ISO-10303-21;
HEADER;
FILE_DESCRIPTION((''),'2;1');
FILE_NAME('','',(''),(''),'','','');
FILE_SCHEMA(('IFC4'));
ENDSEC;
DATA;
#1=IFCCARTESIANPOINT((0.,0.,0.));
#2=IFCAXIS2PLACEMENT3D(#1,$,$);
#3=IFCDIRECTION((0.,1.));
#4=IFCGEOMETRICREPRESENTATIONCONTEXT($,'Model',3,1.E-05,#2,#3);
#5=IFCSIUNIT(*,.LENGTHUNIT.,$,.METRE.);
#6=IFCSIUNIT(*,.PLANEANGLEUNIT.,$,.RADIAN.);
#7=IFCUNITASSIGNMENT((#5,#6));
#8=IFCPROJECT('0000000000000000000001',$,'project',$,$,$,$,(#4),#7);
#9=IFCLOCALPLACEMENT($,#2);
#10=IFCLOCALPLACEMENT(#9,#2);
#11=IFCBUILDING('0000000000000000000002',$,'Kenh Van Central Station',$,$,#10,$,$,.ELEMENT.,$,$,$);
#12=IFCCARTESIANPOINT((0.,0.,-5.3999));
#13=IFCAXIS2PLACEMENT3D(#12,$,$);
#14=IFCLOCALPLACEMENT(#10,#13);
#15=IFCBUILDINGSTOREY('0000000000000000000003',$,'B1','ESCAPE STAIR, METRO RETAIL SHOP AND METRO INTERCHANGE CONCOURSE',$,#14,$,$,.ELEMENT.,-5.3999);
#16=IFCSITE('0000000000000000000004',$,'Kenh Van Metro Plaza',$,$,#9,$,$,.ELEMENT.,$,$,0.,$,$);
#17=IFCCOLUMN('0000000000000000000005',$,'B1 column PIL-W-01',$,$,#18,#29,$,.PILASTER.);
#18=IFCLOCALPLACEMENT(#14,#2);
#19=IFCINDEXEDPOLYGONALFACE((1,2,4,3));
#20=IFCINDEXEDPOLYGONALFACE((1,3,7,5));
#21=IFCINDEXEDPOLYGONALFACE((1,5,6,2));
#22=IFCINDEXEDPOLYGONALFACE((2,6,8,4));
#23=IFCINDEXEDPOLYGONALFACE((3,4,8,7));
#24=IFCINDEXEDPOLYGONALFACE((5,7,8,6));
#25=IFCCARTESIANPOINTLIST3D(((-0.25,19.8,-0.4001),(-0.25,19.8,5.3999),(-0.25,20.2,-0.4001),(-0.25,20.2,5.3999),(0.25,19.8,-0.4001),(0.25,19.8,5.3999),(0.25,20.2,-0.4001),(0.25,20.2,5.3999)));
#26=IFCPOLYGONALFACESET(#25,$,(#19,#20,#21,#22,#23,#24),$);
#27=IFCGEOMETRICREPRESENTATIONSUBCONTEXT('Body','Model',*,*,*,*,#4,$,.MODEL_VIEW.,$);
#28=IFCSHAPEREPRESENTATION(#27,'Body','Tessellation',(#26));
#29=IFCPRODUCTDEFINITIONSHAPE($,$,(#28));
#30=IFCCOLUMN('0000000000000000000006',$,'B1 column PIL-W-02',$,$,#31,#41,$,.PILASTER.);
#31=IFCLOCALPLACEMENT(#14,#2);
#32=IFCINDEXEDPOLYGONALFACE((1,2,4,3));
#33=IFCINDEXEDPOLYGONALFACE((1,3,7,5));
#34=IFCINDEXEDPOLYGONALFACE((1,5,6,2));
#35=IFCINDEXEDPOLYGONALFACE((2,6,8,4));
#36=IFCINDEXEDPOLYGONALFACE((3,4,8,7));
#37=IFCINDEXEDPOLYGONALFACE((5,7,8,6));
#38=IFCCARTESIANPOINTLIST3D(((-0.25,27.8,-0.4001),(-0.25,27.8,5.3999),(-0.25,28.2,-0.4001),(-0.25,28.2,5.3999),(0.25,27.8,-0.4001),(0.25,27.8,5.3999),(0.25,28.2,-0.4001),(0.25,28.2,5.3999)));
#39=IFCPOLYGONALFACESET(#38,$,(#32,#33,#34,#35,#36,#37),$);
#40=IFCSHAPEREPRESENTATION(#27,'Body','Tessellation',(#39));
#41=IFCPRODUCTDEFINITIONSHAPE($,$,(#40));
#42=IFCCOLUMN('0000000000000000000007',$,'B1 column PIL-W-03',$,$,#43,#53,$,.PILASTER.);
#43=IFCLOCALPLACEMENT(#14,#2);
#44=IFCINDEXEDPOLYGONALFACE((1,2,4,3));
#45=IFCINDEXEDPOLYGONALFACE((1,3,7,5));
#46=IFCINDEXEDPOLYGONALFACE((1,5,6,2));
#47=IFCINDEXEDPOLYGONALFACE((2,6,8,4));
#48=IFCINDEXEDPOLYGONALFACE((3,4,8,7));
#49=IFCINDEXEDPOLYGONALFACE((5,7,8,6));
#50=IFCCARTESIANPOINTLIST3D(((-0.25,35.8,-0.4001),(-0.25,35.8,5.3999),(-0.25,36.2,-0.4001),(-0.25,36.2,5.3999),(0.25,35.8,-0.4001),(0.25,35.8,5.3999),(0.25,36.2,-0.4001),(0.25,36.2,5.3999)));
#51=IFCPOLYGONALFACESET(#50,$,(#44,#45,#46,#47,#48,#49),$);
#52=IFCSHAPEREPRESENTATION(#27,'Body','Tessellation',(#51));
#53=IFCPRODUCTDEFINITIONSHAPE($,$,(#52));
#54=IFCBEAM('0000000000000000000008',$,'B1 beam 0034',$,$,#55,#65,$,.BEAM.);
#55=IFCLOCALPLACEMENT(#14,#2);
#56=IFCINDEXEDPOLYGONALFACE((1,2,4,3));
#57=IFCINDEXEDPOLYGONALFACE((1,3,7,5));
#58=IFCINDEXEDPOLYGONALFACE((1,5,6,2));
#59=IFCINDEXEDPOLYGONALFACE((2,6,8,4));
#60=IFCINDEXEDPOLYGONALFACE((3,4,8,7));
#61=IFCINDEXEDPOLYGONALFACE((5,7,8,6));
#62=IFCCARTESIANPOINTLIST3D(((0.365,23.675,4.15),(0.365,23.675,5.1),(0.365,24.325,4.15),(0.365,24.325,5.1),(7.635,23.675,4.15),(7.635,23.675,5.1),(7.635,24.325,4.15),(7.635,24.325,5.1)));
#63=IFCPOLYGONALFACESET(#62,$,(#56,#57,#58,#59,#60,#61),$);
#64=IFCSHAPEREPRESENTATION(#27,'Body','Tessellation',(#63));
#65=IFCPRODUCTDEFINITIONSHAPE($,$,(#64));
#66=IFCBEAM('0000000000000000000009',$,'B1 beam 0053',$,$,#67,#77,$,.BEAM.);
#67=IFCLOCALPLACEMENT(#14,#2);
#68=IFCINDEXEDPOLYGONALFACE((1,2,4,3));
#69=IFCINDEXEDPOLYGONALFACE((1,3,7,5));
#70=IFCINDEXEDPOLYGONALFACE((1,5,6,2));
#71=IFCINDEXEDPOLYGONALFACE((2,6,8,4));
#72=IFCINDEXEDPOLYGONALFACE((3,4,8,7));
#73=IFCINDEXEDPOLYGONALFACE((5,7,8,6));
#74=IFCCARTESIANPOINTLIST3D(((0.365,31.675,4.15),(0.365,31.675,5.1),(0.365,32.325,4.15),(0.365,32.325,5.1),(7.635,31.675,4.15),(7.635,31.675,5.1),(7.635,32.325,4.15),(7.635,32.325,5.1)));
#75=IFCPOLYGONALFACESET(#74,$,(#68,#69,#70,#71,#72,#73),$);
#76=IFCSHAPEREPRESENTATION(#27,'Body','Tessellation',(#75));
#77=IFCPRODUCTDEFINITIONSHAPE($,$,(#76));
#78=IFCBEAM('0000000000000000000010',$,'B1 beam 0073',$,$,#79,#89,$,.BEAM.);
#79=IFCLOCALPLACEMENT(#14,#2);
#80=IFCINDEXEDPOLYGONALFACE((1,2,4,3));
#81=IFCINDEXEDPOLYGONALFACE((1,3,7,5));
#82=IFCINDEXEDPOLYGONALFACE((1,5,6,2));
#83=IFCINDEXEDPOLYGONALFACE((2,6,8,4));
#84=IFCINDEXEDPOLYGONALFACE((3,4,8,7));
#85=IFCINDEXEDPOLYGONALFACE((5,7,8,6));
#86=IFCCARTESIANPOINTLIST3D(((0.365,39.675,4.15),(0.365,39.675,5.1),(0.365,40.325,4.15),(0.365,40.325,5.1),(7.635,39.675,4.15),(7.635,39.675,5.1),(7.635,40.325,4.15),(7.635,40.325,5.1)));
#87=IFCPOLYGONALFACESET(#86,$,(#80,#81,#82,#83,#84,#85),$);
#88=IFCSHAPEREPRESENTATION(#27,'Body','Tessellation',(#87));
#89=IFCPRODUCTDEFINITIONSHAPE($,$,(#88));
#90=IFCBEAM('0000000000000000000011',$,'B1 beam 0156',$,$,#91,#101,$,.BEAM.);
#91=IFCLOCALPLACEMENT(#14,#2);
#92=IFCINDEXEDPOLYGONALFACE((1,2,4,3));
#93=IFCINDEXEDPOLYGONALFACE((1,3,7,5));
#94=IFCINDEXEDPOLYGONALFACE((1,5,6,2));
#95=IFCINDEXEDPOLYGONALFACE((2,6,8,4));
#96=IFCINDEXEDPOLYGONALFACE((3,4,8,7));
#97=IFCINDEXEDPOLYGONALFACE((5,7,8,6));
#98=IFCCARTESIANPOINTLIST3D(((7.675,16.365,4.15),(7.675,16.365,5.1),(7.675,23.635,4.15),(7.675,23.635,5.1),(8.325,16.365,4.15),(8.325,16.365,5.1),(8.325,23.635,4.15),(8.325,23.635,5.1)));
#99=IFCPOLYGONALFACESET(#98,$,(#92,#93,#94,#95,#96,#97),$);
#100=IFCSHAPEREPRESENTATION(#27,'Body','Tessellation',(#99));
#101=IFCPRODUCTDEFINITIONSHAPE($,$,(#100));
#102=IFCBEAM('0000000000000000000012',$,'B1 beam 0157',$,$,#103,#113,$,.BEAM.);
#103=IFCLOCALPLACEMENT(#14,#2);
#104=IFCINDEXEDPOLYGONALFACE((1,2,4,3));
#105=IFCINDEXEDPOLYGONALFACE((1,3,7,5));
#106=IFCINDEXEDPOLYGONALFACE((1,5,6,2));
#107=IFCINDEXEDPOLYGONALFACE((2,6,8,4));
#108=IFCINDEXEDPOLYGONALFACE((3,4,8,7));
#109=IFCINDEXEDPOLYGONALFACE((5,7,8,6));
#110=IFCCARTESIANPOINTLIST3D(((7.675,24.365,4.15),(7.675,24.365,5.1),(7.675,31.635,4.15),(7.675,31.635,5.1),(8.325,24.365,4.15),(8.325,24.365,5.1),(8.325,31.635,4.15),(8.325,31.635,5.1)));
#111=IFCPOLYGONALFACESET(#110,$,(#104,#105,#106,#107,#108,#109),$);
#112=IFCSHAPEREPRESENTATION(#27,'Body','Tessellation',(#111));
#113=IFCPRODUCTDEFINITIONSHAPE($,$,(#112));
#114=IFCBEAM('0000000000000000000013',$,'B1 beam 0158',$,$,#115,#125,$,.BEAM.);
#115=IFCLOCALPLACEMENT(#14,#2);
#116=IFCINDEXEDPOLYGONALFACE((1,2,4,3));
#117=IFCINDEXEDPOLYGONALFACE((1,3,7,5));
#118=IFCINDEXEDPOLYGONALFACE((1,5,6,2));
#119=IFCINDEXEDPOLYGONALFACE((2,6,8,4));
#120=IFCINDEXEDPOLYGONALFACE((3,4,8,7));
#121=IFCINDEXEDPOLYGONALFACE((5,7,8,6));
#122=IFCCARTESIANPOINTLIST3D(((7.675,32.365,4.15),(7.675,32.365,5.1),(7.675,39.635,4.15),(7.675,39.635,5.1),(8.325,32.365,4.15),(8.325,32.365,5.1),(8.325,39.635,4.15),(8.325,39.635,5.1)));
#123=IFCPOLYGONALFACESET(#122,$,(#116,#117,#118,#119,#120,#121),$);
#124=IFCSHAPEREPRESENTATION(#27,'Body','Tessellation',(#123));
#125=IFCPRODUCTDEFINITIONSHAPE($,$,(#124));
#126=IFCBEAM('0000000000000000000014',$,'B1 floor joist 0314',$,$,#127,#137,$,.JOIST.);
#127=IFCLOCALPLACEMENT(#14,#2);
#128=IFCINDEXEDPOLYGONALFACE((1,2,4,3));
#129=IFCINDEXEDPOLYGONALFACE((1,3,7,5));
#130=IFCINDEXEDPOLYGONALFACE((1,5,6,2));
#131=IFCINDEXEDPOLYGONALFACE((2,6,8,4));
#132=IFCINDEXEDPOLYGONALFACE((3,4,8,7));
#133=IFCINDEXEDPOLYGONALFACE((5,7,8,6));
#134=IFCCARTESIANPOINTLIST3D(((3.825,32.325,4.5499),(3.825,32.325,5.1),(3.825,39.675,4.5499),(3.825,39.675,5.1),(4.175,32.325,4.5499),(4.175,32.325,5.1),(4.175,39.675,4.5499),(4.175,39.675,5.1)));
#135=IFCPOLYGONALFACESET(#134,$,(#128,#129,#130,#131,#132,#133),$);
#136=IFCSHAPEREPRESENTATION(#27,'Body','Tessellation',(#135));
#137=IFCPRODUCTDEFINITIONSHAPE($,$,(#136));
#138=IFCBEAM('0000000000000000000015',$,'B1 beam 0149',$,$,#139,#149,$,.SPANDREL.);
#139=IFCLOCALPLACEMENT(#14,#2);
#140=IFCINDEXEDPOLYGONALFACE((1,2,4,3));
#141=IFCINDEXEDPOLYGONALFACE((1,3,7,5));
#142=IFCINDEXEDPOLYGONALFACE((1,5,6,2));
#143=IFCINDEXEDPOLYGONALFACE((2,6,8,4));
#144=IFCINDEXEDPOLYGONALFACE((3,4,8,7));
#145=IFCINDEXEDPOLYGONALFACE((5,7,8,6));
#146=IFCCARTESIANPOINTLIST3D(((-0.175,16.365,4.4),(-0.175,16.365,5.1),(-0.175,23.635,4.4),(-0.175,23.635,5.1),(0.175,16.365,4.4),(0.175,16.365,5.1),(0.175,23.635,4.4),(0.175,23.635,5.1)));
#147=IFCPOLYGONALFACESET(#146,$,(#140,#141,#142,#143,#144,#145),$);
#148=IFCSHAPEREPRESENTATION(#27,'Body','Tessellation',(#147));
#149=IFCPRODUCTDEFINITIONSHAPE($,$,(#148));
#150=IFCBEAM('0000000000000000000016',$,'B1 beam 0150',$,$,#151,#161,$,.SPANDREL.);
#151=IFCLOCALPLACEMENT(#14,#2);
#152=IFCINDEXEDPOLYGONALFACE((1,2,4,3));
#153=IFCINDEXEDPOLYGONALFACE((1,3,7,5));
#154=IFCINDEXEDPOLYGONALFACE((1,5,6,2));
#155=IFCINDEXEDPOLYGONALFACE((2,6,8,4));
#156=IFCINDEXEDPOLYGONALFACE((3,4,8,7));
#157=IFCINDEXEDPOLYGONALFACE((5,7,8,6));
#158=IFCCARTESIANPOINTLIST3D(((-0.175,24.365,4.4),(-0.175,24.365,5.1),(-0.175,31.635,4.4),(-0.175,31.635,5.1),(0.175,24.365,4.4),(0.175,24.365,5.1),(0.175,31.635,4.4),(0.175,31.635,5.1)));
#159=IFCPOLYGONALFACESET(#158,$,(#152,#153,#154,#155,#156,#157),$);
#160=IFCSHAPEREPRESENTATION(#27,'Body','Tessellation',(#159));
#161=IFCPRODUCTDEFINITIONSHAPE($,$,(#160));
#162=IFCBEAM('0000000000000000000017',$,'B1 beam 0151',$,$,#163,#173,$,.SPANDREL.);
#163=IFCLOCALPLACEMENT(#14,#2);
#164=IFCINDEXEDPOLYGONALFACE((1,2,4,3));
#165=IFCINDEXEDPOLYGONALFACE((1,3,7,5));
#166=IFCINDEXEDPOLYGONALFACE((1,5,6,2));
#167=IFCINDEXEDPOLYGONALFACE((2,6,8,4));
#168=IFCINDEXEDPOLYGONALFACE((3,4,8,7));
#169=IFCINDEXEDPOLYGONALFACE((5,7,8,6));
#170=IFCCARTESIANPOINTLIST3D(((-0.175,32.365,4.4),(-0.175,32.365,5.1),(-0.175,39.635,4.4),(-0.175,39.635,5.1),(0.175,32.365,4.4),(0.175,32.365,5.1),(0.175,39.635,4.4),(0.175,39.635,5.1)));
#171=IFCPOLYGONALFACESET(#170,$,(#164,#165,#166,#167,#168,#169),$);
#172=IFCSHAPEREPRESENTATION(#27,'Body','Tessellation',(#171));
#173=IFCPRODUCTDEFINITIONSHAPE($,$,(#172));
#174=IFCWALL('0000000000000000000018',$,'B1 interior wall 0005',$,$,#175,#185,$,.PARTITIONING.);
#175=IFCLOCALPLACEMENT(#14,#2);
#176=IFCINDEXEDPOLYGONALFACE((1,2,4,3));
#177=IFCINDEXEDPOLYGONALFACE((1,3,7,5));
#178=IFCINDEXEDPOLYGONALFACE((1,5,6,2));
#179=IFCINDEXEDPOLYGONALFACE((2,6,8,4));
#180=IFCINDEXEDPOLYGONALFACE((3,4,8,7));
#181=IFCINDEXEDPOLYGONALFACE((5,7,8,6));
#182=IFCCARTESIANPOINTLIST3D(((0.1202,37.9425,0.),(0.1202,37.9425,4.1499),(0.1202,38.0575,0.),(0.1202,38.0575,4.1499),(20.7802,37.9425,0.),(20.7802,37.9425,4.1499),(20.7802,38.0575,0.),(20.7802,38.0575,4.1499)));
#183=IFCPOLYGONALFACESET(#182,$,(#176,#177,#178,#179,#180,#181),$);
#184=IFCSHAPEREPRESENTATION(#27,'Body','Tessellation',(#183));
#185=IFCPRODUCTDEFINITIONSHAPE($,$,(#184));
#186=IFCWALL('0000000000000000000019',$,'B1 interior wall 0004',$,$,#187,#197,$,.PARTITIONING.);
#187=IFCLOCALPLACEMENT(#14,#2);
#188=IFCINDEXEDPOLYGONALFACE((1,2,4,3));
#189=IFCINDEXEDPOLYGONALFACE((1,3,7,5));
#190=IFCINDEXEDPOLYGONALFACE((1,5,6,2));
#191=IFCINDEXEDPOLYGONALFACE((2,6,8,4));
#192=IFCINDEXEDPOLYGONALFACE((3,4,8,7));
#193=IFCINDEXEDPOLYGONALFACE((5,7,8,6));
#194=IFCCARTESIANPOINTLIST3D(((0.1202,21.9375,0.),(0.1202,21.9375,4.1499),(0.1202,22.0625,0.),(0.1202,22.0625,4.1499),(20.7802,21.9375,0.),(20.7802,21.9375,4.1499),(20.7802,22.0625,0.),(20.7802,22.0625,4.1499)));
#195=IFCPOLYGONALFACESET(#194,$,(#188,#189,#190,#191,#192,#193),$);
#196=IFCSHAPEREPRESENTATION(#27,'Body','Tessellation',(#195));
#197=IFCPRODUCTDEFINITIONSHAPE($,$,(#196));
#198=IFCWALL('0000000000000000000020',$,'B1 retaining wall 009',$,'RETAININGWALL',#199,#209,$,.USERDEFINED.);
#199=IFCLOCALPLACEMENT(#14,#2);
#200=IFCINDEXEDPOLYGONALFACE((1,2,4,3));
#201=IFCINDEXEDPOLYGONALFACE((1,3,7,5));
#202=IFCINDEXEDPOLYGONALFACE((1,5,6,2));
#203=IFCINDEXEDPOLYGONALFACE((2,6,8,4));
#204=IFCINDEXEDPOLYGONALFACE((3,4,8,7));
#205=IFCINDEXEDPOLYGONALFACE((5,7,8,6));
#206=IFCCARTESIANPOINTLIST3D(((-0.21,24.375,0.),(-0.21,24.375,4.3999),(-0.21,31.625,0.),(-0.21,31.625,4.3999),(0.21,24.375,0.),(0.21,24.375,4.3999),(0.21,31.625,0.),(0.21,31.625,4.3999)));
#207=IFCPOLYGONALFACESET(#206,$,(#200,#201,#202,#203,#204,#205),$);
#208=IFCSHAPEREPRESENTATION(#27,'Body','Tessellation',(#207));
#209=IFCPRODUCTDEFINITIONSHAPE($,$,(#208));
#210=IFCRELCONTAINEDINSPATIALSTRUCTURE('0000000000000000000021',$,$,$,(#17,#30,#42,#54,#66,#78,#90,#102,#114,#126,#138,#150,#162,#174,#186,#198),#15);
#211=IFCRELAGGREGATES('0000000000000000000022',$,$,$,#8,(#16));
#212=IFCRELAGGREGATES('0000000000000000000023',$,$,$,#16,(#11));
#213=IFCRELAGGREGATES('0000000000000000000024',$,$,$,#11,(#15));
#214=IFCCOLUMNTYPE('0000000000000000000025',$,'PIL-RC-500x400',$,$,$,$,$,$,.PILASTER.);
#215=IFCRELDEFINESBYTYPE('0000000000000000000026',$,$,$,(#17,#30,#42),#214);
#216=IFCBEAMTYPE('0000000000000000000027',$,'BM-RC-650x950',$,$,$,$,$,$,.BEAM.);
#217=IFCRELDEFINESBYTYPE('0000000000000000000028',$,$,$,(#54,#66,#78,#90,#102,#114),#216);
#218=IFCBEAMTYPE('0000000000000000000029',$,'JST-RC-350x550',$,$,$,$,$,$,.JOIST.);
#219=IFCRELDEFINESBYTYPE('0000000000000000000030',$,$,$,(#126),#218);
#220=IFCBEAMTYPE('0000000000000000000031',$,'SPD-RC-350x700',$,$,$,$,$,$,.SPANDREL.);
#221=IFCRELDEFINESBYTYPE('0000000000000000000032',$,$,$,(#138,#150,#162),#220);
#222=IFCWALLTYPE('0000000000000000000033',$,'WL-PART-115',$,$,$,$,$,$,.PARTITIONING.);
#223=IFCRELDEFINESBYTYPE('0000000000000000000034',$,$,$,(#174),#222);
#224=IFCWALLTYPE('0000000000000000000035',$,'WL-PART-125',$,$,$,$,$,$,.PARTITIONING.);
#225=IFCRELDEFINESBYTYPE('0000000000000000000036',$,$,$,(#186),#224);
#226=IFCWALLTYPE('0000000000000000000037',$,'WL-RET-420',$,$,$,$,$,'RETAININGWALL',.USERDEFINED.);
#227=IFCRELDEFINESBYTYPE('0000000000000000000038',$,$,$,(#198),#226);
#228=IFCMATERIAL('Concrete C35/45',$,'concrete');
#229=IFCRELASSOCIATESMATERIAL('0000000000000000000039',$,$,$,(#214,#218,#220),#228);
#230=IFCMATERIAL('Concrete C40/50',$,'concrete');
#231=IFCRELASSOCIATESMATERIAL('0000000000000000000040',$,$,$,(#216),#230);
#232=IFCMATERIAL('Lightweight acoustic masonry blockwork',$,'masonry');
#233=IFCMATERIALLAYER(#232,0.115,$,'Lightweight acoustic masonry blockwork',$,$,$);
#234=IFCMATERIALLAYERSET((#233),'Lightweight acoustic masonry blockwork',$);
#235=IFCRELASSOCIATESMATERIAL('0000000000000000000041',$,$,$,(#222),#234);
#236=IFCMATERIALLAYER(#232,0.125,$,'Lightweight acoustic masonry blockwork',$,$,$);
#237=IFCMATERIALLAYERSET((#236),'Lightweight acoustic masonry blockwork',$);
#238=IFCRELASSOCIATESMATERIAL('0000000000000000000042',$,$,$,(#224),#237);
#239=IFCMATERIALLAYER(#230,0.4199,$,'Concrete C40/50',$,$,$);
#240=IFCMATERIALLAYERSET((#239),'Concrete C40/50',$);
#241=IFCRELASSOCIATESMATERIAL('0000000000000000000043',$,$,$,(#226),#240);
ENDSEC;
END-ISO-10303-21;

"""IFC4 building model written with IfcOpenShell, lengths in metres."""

from ifc_helpers import new_model, si_unit, direction, frame, frame_2d, origin, origin_2d, place, context, subcontext, project, spatial, rectangle, extrude, material, layer, layer_set, material_profile, profile_set, type_object, element, save


model = new_model("IFC4")

# Units and contexts
model_context = context("Model", 3, precision=1e-05, world=origin(), true_north=direction((0.0, 1.0)))
body_context = subcontext(model_context, "Body", "Model", "MODEL_VIEW")
ifc_project = project(units=[si_unit("LENGTHUNIT", "METRE"), si_unit("PLANEANGLEUNIT", "RADIAN")], contexts=[model_context])

# Site, building, storey
site_placement = place(None, origin())
site = spatial("IfcSite", under=ifc_project, at=site_placement, Name="Kenh Van Metro Plaza", CompositionType="ELEMENT", RefElevation=0.0)
building_placement = place(site_placement, origin())
building = spatial("IfcBuilding", under=site, at=building_placement, Name="Kenh Van Central Station", CompositionType="ELEMENT")
storey_placement = place(building_placement, frame((0.0, 0.0, -5.3999)))
storey = spatial("IfcBuildingStorey", under=building, at=storey_placement, Name="B1", Description="ESCAPE STAIR, METRO RETAIL SHOP AND METRO INTERCHANGE CONCOURSE", CompositionType="ELEMENT", Elevation=-5.3999)

# Shared definitions
ifc_material_1 = material(Name="Concrete C40/50", Category="concrete")

# Columns
ifc_material_2 = material(Name="Concrete C35/45", Category="concrete")
ifc_material_profile_1 = material_profile(ifc_material_2, rectangle(XDim=0.5, YDim=0.3999, at=origin_2d()), Name="RC 500x400")
ifc_profile_set_1 = profile_set([ifc_material_profile_1], Name="Concrete C35/45")
column_type_1 = type_object("IfcColumnType", Name="PIL-RC-500x400", PredefinedType="PILASTER", material=ifc_profile_set_1)
for number, where, z_axis, x_axis, name in (
    (1, (0.0, 20.0, -0.4001), (0.0, 0.0, 1.0), (1.0, 0.0, 0.0), "B1 column PIL-W-01"),
    (2, (0.0, 28.0, -0.4001), (0.0, 0.0, 1.0), (1.0, 0.0, 0.0), "B1 column PIL-W-02"),
    (3, (0.0, 36.0, -0.4001), (0.0, 0.0, 1.0), (1.0, 0.0, 0.0), "B1 column PIL-W-03"),
):
    element("IfcColumn", number, at=place(storey_placement, frame(where, z_axis=z_axis, x_axis=x_axis)), inside=storey, type_object=column_type_1, Name=name, PredefinedType="PILASTER", context=body_context, shape_type="SweptSolid", body=[
        extrude(rectangle(XDim=0.5, YDim=0.3999, at=origin_2d()), origin(), (0.0, 0.0, 1.0), 5.8),
    ])

# Beams
ifc_material_profile_2 = material_profile(ifc_material_1, rectangle(XDim=0.6499, YDim=0.95, at=origin_2d()), Name="RC 650x950")
ifc_profile_set_2 = profile_set([ifc_material_profile_2], Name="Concrete C40/50")
beam_type_1 = type_object("IfcBeamType", Name="BM-RC-650x950", PredefinedType="BEAM", material=ifc_profile_set_2)
for number, where, z_axis, x_axis, name in (
    (4, (0.365, 24.0, 4.625), (1.0, 0.0, 0.0), (0.0, 1.0, 0.0), "B1 beam 0034"),
    (5, (0.365, 32.0, 4.625), (1.0, 0.0, 0.0), (0.0, 1.0, 0.0), "B1 beam 0053"),
    (6, (0.365, 40.0, 4.625), (1.0, 0.0, 0.0), (0.0, 1.0, 0.0), "B1 beam 0073"),
    (7, (8.0, 16.365, 4.625), (0.0, 1.0, 0.0), (-1.0, 0.0, 0.0), "B1 beam 0156"),
    (8, (8.0, 24.365, 4.625), (0.0, 1.0, 0.0), (-1.0, 0.0, 0.0), "B1 beam 0157"),
    (9, (8.0, 32.365, 4.625), (0.0, 1.0, 0.0), (-1.0, 0.0, 0.0), "B1 beam 0158"),
):
    element("IfcBeam", number, at=place(storey_placement, frame(where, z_axis=z_axis, x_axis=x_axis)), inside=storey, type_object=beam_type_1, Name=name, PredefinedType="BEAM", context=body_context, shape_type="SweptSolid", body=[
        extrude(rectangle(XDim=0.6499, YDim=0.95, at=origin_2d()), origin(), (0.0, 0.0, 1.0), 7.27),
    ])
ifc_material_profile_3 = material_profile(ifc_material_2, rectangle(XDim=0.3501, YDim=0.55, at=origin_2d()), Name="RC 350x550")
ifc_profile_set_3 = profile_set([ifc_material_profile_3], Name="Concrete C35/45")
beam_type_2 = type_object("IfcBeamType", Name="JST-RC-350x550", PredefinedType="JOIST", material=ifc_profile_set_3)
beam_placement = place(storey_placement, frame((4.0, 32.325, 4.825), z_axis=(0.0, 1.0, 0.0), x_axis=(-1.0, 0.0, 0.0)))
element("IfcBeam", 10, at=beam_placement, inside=storey, type_object=beam_type_2, Name="B1 floor joist 0314", PredefinedType="JOIST", context=body_context, shape_type="SweptSolid", body=[
    extrude(rectangle(XDim=0.3501, YDim=0.55, at=origin_2d()), origin(), (0.0, 0.0, 1.0), 7.3501),
])
ifc_material_profile_4 = material_profile(ifc_material_2, rectangle(XDim=0.3501, YDim=0.7, at=origin_2d()), Name="RC 350x700")
ifc_profile_set_4 = profile_set([ifc_material_profile_4], Name="Concrete C35/45")
beam_type_3 = type_object("IfcBeamType", Name="SPD-RC-350x700", PredefinedType="SPANDREL", material=ifc_profile_set_4)
for number, where, z_axis, x_axis, name in (
    (11, (0.0, 16.365, 4.75), (0.0, 1.0, 0.0), (-1.0, 0.0, 0.0), "B1 beam 0149"),
    (12, (0.0, 24.365, 4.75), (0.0, 1.0, 0.0), (-1.0, 0.0, 0.0), "B1 beam 0150"),
    (13, (0.0, 32.365, 4.75), (0.0, 1.0, 0.0), (-1.0, 0.0, 0.0), "B1 beam 0151"),
):
    element("IfcBeam", number, at=place(storey_placement, frame(where, z_axis=z_axis, x_axis=x_axis)), inside=storey, type_object=beam_type_3, Name=name, PredefinedType="SPANDREL", context=body_context, shape_type="SweptSolid", body=[
        extrude(rectangle(XDim=0.3501, YDim=0.7, at=origin_2d()), origin(), (0.0, 0.0, 1.0), 7.27),
    ])

# Walls
ifc_material_3 = material(Name="Lightweight acoustic masonry blockwork", Category="masonry")
ifc_layer_1 = layer(ifc_material_3, 0.115, Name="Lightweight acoustic masonry blockwork")
ifc_layer_set_1 = layer_set([ifc_layer_1], Name="Lightweight acoustic masonry blockwork")
wall_type_1 = type_object("IfcWallType", Name="WL-PART-115", PredefinedType="PARTITIONING", material=ifc_layer_set_1)
wall_1_placement = place(storey_placement, frame((0.1201, 38.0, 0.0), z_axis=(0.0, 0.0, 1.0), x_axis=(1.0, 0.0, 0.0)))
element("IfcWall", 14, at=wall_1_placement, inside=storey, type_object=wall_type_1, Name="B1 interior wall 0005", PredefinedType="PARTITIONING", context=body_context, shape_type="SweptSolid", body=[
    extrude(rectangle(XDim=20.6599, YDim=0.115, at=frame_2d((10.3301, 0.0))), origin(), (0.0, 0.0, 1.0), 4.1499),
])
ifc_layer_2 = layer(ifc_material_3, 0.125, Name="Lightweight acoustic masonry blockwork")
ifc_layer_set_2 = layer_set([ifc_layer_2], Name="Lightweight acoustic masonry blockwork")
wall_type_2 = type_object("IfcWallType", Name="WL-PART-125", PredefinedType="PARTITIONING", material=ifc_layer_set_2)
wall_2_placement = place(storey_placement, frame((0.1201, 22.0, 0.0), z_axis=(0.0, 0.0, 1.0), x_axis=(1.0, 0.0, 0.0)))
element("IfcWall", 15, at=wall_2_placement, inside=storey, type_object=wall_type_2, Name="B1 interior wall 0004", PredefinedType="PARTITIONING", context=body_context, shape_type="SweptSolid", body=[
    extrude(rectangle(XDim=20.6599, YDim=0.125, at=frame_2d((10.3301, 0.0))), origin(), (0.0, 0.0, 1.0), 4.1499),
])
ifc_layer_3 = layer(ifc_material_1, 0.4199, Name="Concrete C40/50")
ifc_layer_set_3 = layer_set([ifc_layer_3], Name="Concrete C40/50")
wall_type_3 = type_object("IfcWallType", Name="WL-RET-420", ElementType="RETAININGWALL", PredefinedType="USERDEFINED", material=ifc_layer_set_3)
wall_3_placement = place(storey_placement, frame((0.0, 24.375, 0.0), z_axis=(0.0, 0.0, 1.0), x_axis=(0.0, 1.0, 0.0)))
element("IfcWall", 16, at=wall_3_placement, inside=storey, type_object=wall_type_3, Name="B1 retaining wall 009", ObjectType="RETAININGWALL", PredefinedType="USERDEFINED", context=body_context, shape_type="SweptSolid", body=[
    extrude(rectangle(XDim=7.25, YDim=0.4199, at=frame_2d((3.625, 0.0))), origin(), (0.0, 0.0, 1.0), 4.3999),
])

save(model, "model.ifc")
